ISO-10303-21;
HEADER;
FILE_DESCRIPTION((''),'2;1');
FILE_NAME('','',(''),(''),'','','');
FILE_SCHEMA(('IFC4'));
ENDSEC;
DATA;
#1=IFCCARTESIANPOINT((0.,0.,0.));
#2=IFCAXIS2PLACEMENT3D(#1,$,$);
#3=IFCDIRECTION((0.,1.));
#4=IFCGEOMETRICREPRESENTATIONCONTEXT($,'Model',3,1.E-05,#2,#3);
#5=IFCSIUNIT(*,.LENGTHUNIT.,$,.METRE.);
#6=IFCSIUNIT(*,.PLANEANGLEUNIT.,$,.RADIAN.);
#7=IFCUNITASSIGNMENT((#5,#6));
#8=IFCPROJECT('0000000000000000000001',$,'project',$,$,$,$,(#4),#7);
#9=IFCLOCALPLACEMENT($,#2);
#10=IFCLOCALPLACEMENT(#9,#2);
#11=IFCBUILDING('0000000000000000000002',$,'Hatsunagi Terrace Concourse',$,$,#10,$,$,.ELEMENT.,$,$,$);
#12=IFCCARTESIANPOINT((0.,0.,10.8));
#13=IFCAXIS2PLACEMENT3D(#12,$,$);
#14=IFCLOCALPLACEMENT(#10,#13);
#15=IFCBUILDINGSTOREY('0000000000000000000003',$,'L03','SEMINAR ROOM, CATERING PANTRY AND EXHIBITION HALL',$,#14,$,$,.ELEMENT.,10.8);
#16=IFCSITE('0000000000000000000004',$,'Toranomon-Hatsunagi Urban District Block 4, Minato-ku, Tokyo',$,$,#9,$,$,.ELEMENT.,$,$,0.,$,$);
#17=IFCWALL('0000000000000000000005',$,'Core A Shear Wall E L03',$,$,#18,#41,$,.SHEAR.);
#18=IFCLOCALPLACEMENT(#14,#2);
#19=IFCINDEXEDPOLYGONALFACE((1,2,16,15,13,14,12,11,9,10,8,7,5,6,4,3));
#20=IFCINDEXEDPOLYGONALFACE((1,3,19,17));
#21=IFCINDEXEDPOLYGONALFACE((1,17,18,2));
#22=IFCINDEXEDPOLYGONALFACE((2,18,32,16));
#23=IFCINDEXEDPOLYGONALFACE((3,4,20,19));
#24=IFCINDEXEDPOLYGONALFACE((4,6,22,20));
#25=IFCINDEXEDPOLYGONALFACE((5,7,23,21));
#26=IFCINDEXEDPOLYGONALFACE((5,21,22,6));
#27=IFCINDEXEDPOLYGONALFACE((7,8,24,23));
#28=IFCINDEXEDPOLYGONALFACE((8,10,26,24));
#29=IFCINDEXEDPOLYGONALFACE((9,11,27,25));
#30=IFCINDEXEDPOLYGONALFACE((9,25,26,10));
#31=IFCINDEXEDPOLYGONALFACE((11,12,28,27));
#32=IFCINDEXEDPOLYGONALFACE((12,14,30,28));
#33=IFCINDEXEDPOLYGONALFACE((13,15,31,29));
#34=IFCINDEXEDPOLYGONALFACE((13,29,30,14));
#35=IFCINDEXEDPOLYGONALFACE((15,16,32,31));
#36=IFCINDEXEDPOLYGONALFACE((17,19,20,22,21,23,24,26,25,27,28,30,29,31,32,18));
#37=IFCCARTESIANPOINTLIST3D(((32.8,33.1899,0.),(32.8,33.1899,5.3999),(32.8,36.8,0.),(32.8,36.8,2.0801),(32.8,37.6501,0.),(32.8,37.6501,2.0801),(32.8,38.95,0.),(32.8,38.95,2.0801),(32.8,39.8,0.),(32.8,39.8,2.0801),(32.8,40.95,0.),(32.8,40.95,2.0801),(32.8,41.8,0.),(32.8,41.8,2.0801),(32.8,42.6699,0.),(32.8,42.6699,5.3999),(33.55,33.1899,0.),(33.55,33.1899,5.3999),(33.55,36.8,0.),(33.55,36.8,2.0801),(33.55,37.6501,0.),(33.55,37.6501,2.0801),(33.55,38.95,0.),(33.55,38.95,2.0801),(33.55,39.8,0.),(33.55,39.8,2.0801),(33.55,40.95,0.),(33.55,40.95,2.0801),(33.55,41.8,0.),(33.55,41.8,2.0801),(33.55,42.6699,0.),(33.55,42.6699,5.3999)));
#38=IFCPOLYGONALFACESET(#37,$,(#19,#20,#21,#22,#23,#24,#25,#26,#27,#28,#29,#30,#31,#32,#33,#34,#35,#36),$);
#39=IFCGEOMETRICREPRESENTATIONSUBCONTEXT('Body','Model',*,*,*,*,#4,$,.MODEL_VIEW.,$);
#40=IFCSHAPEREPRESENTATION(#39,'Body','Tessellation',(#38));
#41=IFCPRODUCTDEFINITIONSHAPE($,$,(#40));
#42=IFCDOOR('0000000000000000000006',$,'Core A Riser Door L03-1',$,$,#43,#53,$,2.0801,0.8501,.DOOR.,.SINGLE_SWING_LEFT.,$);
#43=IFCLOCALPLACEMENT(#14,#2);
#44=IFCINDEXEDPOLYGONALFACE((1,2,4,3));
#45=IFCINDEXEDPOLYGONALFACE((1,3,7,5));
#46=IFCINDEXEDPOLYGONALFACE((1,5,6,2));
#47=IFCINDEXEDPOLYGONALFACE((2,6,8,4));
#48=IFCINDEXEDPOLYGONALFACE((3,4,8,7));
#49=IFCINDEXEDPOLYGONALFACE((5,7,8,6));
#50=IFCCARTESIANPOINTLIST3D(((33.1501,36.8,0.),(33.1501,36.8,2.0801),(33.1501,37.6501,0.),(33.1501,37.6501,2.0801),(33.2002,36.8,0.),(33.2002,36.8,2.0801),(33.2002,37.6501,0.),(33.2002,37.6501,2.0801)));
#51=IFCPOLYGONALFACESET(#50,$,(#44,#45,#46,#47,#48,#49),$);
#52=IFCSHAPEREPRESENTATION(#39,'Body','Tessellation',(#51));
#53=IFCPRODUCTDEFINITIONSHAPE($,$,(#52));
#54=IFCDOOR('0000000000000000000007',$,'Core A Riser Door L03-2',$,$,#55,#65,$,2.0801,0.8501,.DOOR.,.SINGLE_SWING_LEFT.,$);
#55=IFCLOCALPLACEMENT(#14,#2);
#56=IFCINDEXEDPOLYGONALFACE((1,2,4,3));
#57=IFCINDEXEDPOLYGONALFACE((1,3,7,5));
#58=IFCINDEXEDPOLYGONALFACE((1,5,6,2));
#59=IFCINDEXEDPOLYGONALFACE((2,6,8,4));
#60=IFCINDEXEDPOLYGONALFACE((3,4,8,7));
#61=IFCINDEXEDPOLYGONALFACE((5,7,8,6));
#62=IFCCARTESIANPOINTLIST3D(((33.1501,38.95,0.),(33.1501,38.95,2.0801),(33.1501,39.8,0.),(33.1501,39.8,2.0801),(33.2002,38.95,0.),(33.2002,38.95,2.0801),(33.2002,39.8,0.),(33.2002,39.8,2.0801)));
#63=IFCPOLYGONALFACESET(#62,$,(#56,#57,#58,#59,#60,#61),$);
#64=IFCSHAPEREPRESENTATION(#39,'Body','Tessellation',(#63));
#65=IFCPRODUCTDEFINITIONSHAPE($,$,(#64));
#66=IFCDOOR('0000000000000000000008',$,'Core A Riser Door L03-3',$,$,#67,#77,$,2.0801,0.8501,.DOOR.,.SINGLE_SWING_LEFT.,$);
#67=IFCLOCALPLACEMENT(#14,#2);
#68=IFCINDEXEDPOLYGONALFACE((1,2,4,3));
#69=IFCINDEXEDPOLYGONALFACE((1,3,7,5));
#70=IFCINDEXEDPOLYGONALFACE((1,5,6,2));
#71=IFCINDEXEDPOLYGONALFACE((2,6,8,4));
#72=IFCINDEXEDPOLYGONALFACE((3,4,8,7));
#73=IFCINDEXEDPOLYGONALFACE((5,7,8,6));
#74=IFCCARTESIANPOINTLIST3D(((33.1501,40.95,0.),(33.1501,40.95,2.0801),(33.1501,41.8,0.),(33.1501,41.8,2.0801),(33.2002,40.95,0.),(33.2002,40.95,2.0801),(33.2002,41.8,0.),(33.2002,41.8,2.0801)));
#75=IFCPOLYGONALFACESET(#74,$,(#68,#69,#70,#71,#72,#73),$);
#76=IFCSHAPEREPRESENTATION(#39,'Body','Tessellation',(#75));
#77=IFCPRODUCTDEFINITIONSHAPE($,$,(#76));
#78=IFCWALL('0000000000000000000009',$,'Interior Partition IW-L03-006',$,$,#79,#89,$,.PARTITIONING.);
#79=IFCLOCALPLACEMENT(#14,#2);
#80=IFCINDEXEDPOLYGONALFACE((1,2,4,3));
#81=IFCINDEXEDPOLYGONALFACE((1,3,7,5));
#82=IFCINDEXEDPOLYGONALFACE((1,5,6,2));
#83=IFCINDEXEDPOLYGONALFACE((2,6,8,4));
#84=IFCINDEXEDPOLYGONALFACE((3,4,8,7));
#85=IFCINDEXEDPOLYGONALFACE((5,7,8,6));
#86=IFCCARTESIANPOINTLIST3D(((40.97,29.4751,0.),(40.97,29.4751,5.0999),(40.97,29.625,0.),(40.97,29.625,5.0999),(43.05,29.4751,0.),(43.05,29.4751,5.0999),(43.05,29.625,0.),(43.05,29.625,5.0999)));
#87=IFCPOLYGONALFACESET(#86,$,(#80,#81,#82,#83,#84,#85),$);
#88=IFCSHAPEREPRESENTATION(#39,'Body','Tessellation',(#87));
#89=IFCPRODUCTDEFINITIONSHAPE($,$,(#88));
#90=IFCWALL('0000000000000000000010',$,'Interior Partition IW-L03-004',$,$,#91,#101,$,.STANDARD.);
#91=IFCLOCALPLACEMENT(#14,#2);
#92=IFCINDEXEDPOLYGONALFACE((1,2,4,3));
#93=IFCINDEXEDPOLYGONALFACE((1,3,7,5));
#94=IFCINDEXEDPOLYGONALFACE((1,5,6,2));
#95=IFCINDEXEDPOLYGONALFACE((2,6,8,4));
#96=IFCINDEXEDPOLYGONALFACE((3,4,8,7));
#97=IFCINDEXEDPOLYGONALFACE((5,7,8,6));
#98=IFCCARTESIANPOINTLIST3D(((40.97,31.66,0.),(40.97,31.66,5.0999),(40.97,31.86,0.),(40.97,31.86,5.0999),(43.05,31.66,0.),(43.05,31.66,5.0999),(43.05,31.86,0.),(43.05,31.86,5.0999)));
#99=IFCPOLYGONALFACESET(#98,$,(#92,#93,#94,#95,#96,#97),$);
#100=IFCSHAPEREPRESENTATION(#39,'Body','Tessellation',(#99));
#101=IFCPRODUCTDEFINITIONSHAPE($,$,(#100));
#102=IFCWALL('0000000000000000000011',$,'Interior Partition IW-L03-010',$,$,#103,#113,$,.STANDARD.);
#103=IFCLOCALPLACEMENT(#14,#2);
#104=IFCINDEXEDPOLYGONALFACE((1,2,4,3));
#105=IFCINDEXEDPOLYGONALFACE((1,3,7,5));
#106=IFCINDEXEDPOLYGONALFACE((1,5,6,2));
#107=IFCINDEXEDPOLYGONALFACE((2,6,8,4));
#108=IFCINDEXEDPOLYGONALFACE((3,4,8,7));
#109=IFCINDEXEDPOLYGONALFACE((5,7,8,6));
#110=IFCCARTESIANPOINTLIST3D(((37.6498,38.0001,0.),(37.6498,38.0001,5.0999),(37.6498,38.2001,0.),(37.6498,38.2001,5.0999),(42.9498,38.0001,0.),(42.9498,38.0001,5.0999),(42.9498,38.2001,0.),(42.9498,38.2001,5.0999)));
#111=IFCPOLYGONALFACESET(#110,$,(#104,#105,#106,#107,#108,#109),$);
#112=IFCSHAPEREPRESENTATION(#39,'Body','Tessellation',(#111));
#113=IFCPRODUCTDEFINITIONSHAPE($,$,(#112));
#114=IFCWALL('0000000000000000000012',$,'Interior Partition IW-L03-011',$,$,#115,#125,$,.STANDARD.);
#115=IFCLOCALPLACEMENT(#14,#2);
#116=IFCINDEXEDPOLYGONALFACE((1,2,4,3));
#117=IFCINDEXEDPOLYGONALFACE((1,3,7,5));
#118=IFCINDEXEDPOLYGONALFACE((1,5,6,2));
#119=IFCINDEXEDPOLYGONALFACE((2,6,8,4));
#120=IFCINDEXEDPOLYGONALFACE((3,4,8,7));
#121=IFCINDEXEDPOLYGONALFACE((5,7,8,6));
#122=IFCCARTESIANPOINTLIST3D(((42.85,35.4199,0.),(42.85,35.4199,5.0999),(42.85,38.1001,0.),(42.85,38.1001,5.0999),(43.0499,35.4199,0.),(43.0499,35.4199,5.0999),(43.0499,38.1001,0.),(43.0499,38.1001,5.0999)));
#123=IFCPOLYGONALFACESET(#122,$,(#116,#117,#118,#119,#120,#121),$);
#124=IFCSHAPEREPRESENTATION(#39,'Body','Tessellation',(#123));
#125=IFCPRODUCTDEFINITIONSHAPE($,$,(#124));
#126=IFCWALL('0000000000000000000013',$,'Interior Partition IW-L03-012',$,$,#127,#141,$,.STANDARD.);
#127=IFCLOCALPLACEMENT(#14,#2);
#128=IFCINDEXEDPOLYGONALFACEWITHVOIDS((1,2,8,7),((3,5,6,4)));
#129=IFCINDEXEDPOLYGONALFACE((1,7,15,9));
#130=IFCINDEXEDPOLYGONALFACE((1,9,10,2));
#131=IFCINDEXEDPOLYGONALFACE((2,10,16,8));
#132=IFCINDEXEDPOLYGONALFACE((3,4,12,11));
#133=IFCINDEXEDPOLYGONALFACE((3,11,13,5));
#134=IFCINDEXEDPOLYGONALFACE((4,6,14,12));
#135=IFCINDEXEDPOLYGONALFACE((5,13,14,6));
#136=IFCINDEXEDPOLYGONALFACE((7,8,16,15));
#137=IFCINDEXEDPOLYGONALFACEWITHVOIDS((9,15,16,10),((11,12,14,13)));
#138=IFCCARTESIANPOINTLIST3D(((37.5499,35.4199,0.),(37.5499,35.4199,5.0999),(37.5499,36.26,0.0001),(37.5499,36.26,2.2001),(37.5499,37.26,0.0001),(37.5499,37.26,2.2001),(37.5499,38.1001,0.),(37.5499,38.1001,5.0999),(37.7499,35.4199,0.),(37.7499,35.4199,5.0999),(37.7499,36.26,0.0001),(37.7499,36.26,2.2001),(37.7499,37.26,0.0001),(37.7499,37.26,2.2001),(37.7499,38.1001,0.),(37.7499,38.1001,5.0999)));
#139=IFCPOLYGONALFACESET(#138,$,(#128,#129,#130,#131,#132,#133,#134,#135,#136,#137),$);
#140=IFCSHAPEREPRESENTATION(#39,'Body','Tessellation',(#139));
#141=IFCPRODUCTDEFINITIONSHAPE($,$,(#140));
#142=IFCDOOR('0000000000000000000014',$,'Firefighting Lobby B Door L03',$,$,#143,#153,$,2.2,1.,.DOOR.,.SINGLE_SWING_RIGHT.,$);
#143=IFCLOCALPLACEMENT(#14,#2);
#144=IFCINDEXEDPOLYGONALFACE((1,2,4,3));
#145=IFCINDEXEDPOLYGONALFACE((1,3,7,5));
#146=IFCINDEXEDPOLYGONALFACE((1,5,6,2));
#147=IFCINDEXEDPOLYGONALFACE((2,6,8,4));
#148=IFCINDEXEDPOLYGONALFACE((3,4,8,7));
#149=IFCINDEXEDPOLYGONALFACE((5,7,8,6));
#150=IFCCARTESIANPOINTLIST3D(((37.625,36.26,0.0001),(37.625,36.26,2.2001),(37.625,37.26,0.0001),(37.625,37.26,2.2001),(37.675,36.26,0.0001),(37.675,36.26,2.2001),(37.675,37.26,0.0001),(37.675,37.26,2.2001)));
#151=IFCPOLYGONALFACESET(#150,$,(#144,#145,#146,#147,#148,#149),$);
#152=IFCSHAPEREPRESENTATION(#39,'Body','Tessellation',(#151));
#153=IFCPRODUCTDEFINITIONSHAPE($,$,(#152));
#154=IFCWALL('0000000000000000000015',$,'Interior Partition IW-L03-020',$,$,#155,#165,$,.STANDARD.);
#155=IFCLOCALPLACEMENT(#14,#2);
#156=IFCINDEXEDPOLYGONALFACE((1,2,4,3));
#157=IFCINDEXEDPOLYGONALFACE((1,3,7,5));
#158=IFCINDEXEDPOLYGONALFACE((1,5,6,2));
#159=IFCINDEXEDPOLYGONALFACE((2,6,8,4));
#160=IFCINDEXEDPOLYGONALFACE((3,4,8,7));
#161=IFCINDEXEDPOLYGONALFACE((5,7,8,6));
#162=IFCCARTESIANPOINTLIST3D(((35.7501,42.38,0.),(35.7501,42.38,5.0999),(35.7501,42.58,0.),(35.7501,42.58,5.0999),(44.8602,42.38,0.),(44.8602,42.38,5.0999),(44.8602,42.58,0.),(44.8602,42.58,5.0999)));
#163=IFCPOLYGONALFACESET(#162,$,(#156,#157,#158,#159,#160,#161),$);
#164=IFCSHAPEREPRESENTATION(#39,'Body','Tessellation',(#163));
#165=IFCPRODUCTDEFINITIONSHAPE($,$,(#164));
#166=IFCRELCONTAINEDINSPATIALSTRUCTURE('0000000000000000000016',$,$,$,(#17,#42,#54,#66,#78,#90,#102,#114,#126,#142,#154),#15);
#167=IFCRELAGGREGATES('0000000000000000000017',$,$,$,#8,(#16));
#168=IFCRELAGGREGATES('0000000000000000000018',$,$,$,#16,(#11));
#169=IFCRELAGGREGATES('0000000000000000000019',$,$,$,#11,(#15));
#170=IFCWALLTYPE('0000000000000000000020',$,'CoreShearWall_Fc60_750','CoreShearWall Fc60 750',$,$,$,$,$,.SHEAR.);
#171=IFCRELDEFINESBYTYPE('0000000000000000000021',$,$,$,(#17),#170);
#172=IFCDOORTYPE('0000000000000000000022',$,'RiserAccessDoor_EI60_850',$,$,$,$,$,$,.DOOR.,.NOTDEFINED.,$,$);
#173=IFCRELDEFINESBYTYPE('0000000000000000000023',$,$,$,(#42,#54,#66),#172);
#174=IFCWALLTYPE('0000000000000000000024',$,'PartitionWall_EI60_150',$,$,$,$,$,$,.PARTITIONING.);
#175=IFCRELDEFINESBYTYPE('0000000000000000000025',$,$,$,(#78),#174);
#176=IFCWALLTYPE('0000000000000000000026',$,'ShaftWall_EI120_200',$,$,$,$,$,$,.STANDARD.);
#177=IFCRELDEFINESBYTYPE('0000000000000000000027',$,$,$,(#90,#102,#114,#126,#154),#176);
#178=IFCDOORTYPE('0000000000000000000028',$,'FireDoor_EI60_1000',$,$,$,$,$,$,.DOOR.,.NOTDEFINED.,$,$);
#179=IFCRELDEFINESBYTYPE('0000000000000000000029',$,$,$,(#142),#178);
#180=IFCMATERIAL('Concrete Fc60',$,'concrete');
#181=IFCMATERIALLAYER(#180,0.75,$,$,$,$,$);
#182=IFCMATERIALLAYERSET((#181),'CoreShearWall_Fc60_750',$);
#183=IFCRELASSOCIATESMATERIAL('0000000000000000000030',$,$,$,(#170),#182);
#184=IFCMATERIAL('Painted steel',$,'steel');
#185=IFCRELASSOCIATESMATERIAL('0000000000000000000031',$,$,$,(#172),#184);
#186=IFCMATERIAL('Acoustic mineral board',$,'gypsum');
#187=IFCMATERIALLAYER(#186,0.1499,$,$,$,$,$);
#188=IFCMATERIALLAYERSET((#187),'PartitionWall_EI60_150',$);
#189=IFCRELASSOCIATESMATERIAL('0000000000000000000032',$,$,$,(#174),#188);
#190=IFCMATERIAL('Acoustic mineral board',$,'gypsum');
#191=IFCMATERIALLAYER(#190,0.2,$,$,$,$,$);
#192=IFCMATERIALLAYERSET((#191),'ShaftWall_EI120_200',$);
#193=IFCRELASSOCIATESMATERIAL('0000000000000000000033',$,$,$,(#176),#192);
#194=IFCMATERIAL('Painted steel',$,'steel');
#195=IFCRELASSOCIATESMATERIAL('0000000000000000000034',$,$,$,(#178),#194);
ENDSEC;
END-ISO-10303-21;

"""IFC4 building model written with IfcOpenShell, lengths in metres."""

from ifc_helpers import new_model, si_unit, direction, frame, frame_2d, origin, place, context, subcontext, project, spatial, rectangle, extrude, material, layer, layer_set, type_object, element, fill, save


model = new_model("IFC4")

# Units and contexts
model_context = context("Model", 3, precision=1e-05, world=origin(), true_north=direction((0.0, 1.0)))
body_context = subcontext(model_context, "Body", "Model", "MODEL_VIEW")
ifc_project = project(units=[si_unit("LENGTHUNIT", "METRE"), si_unit("PLANEANGLEUNIT", "RADIAN")], contexts=[model_context])

# Site, building, storey
site_placement = place(None, origin())
site = spatial("IfcSite", under=ifc_project, at=site_placement, Name="Toranomon-Hatsunagi Urban District Block 4, Minato-ku, Tokyo", CompositionType="ELEMENT", RefElevation=0.0)
building_placement = place(site_placement, origin())
building = spatial("IfcBuilding", under=site, at=building_placement, Name="Hatsunagi Terrace Concourse", CompositionType="ELEMENT")
storey_placement = place(building_placement, frame((0.0, 0.0, 10.8)))
storey = spatial("IfcBuildingStorey", under=building, at=storey_placement, Name="L03", Description="SEMINAR ROOM, CATERING PANTRY AND EXHIBITION HALL", CompositionType="ELEMENT", Elevation=10.8)

# Wall, openings, doors
ifc_material_1 = material(Name="Concrete Fc60", Category="concrete")
ifc_layer_1 = layer(ifc_material_1, 0.75)
ifc_layer_set_1 = layer_set([ifc_layer_1], Name="CoreShearWall_Fc60_750")
wall_type_1 = type_object("IfcWallType", Name="CoreShearWall_Fc60_750", Description="CoreShearWall Fc60 750", PredefinedType="SHEAR", material=ifc_layer_set_1)
wall_1_placement = place(storey_placement, frame((33.175, 33.1899, 0.0), z_axis=(0.0, 0.0, 1.0), x_axis=(0.0, 1.0, 0.0)))
wall_1 = element("IfcWall", 1, at=wall_1_placement, inside=storey, type_object=wall_type_1, Name="Core A Shear Wall E L03", PredefinedType="SHEAR", context=body_context, shape_type="SweptSolid", body=[
    extrude(rectangle(XDim=9.48, YDim=0.75, at=frame_2d((4.74, 0.0))), origin(), (0.0, 0.0, 1.0), 5.3999),
])
opening_1_placement = place(wall_1_placement, frame((3.6101, 0.0, 0.0)))
opening_1 = element("IfcOpeningElement", 2, at=opening_1_placement, cuts=wall_1, PredefinedType="OPENING", context=body_context, shape_type="SweptSolid", body=[
    extrude(rectangle(XDim=0.8501, YDim=2.0801, at=frame_2d((0.425, 1.04))), frame((0.0, 0.385, 0.0), z_axis=(0.0, -1.0, 0.0), x_axis=(1.0, 0.0, 0.0)), (0.0, 0.0, 1.0), 0.77),
])
opening_2_placement = place(wall_1_placement, frame((5.76, 0.0, 0.0)))
opening_2 = element("IfcOpeningElement", 3, at=opening_2_placement, cuts=wall_1, PredefinedType="OPENING", context=body_context, shape_type="SweptSolid", body=[
    extrude(rectangle(XDim=0.8501, YDim=2.0801, at=frame_2d((0.425, 1.04))), frame((0.0, 0.385, 0.0), z_axis=(0.0, -1.0, 0.0), x_axis=(1.0, 0.0, 0.0)), (0.0, 0.0, 1.0), 0.77),
])
opening_3_placement = place(wall_1_placement, frame((7.76, 0.0, 0.0)))
opening_3 = element("IfcOpeningElement", 4, at=opening_3_placement, cuts=wall_1, PredefinedType="OPENING", context=body_context, shape_type="SweptSolid", body=[
    extrude(rectangle(XDim=0.8501, YDim=2.0801, at=frame_2d((0.425, 1.04))), frame((0.0, 0.385, 0.0), z_axis=(0.0, -1.0, 0.0), x_axis=(1.0, 0.0, 0.0)), (0.0, 0.0, 1.0), 0.77),
])
ifc_material_2 = material(Name="Painted steel", Category="steel")
door_type_1 = type_object("IfcDoorType", Name="RiserAccessDoor_EI60_850", OperationType="NOTDEFINED", PredefinedType="DOOR", material=ifc_material_2)
door_1_placement = place(opening_1_placement, origin())
door_1 = element("IfcDoor", 5, at=door_1_placement, inside=storey, type_object=door_type_1, Name="Core A Riser Door L03-1", OperationType="SINGLE_SWING_LEFT", OverallHeight=2.0801, OverallWidth=0.8501, PredefinedType="DOOR", context=body_context, shape_type="SweptSolid", body=[
    extrude(rectangle(XDim=0.8501, YDim=2.0801, at=frame_2d((0.425, 1.04))), frame((0.0, 0.0249, 0.0), z_axis=(0.0, -1.0, 0.0), x_axis=(1.0, 0.0, 0.0)), (0.0, 0.0, 1.0), 0.05),
])
fill(opening_1, door_1)
door_2_placement = place(opening_2_placement, origin())
door_2 = element("IfcDoor", 6, at=door_2_placement, inside=storey, type_object=door_type_1, Name="Core A Riser Door L03-2", OperationType="SINGLE_SWING_LEFT", OverallHeight=2.0801, OverallWidth=0.8501, PredefinedType="DOOR", context=body_context, shape_type="SweptSolid", body=[
    extrude(rectangle(XDim=0.8501, YDim=2.0801, at=frame_2d((0.425, 1.04))), frame((0.0, 0.0249, 0.0), z_axis=(0.0, -1.0, 0.0), x_axis=(1.0, 0.0, 0.0)), (0.0, 0.0, 1.0), 0.05),
])
fill(opening_2, door_2)
door_3_placement = place(opening_3_placement, origin())
door_3 = element("IfcDoor", 7, at=door_3_placement, inside=storey, type_object=door_type_1, Name="Core A Riser Door L03-3", OperationType="SINGLE_SWING_LEFT", OverallHeight=2.0801, OverallWidth=0.8501, PredefinedType="DOOR", context=body_context, shape_type="SweptSolid", body=[
    extrude(rectangle(XDim=0.8501, YDim=2.0801, at=frame_2d((0.425, 1.04))), frame((0.0, 0.0249, 0.0), z_axis=(0.0, -1.0, 0.0), x_axis=(1.0, 0.0, 0.0)), (0.0, 0.0, 1.0), 0.05),
])
fill(opening_3, door_3)

# Walls
ifc_material_3 = material(Name="Acoustic mineral board", Category="gypsum")
ifc_layer_2 = layer(ifc_material_3, 0.1499)
ifc_layer_set_2 = layer_set([ifc_layer_2], Name="PartitionWall_EI60_150")
wall_type_2 = type_object("IfcWallType", Name="PartitionWall_EI60_150", PredefinedType="PARTITIONING", material=ifc_layer_set_2)
wall_2_placement = place(storey_placement, frame((40.97, 29.55, 0.0), z_axis=(0.0, 0.0, 1.0), x_axis=(1.0, 0.0, 0.0)))
element("IfcWall", 8, at=wall_2_placement, inside=storey, type_object=wall_type_2, Name="Interior Partition IW-L03-006", PredefinedType="PARTITIONING", context=body_context, shape_type="SweptSolid", body=[
    extrude(rectangle(XDim=2.0801, YDim=0.1499, at=frame_2d((1.04, 0.0))), origin(), (0.0, 0.0, 1.0), 5.0999),
])
ifc_material_4 = material(Name="Acoustic mineral board", Category="gypsum")
ifc_layer_3 = layer(ifc_material_4, 0.2)
ifc_layer_set_3 = layer_set([ifc_layer_3], Name="ShaftWall_EI120_200")
wall_type_3 = type_object("IfcWallType", Name="ShaftWall_EI120_200", PredefinedType="STANDARD", material=ifc_layer_set_3)
wall_3_placement = place(storey_placement, frame((40.97, 31.76, 0.0), z_axis=(0.0, 0.0, 1.0), x_axis=(1.0, 0.0, 0.0)))
element("IfcWall", 9, at=wall_3_placement, inside=storey, type_object=wall_type_3, Name="Interior Partition IW-L03-004", PredefinedType="STANDARD", context=body_context, shape_type="SweptSolid", body=[
    extrude(rectangle(XDim=2.0801, YDim=0.2, at=frame_2d((1.04, 0.0))), origin(), (0.0, 0.0, 1.0), 5.0999),
])
wall_4_placement = place(storey_placement, frame((37.6499, 38.1001, 0.0), z_axis=(0.0, 0.0, 1.0), x_axis=(1.0, 0.0, 0.0)))
element("IfcWall", 10, at=wall_4_placement, inside=storey, type_object=wall_type_3, Name="Interior Partition IW-L03-010", PredefinedType="STANDARD", context=body_context, shape_type="SweptSolid", body=[
    extrude(rectangle(XDim=5.3, YDim=0.2, at=frame_2d((2.6499, 0.0))), origin(), (0.0, 0.0, 1.0), 5.0999),
])
wall_5_placement = place(storey_placement, frame((42.95, 35.4199, 0.0), z_axis=(0.0, 0.0, 1.0), x_axis=(0.0, 1.0, 0.0)))
element("IfcWall", 11, at=wall_5_placement, inside=storey, type_object=wall_type_3, Name="Interior Partition IW-L03-011", PredefinedType="STANDARD", context=body_context, shape_type="SweptSolid", body=[
    extrude(rectangle(XDim=2.6802, YDim=0.2, at=frame_2d((1.3401, 0.0))), origin(), (0.0, 0.0, 1.0), 5.0999),
])

# Wall, opening, door
wall_6_placement = place(storey_placement, frame((37.6499, 35.4199, 0.0), z_axis=(0.0, 0.0, 1.0), x_axis=(0.0, 1.0, 0.0)))
wall_6 = element("IfcWall", 12, at=wall_6_placement, inside=storey, type_object=wall_type_3, Name="Interior Partition IW-L03-012", PredefinedType="STANDARD", context=body_context, shape_type="SweptSolid", body=[
    extrude(rectangle(XDim=2.6802, YDim=0.2, at=frame_2d((1.3401, 0.0))), origin(), (0.0, 0.0, 1.0), 5.0999),
])
opening_4_placement = place(wall_6_placement, frame((0.8401, 0.0, 0.0)))
opening_4 = element("IfcOpeningElement", 13, at=opening_4_placement, cuts=wall_6, PredefinedType="OPENING", context=body_context, shape_type="SweptSolid", body=[
    extrude(rectangle(XDim=1.0, YDim=2.2, at=frame_2d((0.5, 1.1001))), frame((0.0, 0.1099, 0.0), z_axis=(0.0, -1.0, 0.0), x_axis=(1.0, 0.0, 0.0)), (0.0, 0.0, 1.0), 0.22),
])
ifc_material_5 = material(Name="Painted steel", Category="steel")
door_type_2 = type_object("IfcDoorType", Name="FireDoor_EI60_1000", OperationType="NOTDEFINED", PredefinedType="DOOR", material=ifc_material_5)
door_4_placement = place(opening_4_placement, origin())
door_4 = element("IfcDoor", 14, at=door_4_placement, inside=storey, type_object=door_type_2, Name="Firefighting Lobby B Door L03", OperationType="SINGLE_SWING_RIGHT", OverallHeight=2.2, OverallWidth=1.0, PredefinedType="DOOR", context=body_context, shape_type="SweptSolid", body=[
    extrude(rectangle(XDim=1.0, YDim=2.2, at=frame_2d((0.5, 1.1001))), frame((0.0, 0.0249, 0.0), z_axis=(0.0, -1.0, 0.0), x_axis=(1.0, 0.0, 0.0)), (0.0, 0.0, 1.0), 0.05),
])
fill(opening_4, door_4)

# Wall
wall_7_placement = place(storey_placement, frame((35.75, 42.48, 0.0), z_axis=(0.0, 0.0, 1.0), x_axis=(1.0, 0.0, 0.0)))
element("IfcWall", 15, at=wall_7_placement, inside=storey, type_object=wall_type_3, Name="Interior Partition IW-L03-020", PredefinedType="STANDARD", context=body_context, shape_type="SweptSolid", body=[
    extrude(rectangle(XDim=9.1101, YDim=0.2, at=frame_2d((4.5552, 0.0))), origin(), (0.0, 0.0, 1.0), 5.0999),
])

save(model, "model.ifc")
